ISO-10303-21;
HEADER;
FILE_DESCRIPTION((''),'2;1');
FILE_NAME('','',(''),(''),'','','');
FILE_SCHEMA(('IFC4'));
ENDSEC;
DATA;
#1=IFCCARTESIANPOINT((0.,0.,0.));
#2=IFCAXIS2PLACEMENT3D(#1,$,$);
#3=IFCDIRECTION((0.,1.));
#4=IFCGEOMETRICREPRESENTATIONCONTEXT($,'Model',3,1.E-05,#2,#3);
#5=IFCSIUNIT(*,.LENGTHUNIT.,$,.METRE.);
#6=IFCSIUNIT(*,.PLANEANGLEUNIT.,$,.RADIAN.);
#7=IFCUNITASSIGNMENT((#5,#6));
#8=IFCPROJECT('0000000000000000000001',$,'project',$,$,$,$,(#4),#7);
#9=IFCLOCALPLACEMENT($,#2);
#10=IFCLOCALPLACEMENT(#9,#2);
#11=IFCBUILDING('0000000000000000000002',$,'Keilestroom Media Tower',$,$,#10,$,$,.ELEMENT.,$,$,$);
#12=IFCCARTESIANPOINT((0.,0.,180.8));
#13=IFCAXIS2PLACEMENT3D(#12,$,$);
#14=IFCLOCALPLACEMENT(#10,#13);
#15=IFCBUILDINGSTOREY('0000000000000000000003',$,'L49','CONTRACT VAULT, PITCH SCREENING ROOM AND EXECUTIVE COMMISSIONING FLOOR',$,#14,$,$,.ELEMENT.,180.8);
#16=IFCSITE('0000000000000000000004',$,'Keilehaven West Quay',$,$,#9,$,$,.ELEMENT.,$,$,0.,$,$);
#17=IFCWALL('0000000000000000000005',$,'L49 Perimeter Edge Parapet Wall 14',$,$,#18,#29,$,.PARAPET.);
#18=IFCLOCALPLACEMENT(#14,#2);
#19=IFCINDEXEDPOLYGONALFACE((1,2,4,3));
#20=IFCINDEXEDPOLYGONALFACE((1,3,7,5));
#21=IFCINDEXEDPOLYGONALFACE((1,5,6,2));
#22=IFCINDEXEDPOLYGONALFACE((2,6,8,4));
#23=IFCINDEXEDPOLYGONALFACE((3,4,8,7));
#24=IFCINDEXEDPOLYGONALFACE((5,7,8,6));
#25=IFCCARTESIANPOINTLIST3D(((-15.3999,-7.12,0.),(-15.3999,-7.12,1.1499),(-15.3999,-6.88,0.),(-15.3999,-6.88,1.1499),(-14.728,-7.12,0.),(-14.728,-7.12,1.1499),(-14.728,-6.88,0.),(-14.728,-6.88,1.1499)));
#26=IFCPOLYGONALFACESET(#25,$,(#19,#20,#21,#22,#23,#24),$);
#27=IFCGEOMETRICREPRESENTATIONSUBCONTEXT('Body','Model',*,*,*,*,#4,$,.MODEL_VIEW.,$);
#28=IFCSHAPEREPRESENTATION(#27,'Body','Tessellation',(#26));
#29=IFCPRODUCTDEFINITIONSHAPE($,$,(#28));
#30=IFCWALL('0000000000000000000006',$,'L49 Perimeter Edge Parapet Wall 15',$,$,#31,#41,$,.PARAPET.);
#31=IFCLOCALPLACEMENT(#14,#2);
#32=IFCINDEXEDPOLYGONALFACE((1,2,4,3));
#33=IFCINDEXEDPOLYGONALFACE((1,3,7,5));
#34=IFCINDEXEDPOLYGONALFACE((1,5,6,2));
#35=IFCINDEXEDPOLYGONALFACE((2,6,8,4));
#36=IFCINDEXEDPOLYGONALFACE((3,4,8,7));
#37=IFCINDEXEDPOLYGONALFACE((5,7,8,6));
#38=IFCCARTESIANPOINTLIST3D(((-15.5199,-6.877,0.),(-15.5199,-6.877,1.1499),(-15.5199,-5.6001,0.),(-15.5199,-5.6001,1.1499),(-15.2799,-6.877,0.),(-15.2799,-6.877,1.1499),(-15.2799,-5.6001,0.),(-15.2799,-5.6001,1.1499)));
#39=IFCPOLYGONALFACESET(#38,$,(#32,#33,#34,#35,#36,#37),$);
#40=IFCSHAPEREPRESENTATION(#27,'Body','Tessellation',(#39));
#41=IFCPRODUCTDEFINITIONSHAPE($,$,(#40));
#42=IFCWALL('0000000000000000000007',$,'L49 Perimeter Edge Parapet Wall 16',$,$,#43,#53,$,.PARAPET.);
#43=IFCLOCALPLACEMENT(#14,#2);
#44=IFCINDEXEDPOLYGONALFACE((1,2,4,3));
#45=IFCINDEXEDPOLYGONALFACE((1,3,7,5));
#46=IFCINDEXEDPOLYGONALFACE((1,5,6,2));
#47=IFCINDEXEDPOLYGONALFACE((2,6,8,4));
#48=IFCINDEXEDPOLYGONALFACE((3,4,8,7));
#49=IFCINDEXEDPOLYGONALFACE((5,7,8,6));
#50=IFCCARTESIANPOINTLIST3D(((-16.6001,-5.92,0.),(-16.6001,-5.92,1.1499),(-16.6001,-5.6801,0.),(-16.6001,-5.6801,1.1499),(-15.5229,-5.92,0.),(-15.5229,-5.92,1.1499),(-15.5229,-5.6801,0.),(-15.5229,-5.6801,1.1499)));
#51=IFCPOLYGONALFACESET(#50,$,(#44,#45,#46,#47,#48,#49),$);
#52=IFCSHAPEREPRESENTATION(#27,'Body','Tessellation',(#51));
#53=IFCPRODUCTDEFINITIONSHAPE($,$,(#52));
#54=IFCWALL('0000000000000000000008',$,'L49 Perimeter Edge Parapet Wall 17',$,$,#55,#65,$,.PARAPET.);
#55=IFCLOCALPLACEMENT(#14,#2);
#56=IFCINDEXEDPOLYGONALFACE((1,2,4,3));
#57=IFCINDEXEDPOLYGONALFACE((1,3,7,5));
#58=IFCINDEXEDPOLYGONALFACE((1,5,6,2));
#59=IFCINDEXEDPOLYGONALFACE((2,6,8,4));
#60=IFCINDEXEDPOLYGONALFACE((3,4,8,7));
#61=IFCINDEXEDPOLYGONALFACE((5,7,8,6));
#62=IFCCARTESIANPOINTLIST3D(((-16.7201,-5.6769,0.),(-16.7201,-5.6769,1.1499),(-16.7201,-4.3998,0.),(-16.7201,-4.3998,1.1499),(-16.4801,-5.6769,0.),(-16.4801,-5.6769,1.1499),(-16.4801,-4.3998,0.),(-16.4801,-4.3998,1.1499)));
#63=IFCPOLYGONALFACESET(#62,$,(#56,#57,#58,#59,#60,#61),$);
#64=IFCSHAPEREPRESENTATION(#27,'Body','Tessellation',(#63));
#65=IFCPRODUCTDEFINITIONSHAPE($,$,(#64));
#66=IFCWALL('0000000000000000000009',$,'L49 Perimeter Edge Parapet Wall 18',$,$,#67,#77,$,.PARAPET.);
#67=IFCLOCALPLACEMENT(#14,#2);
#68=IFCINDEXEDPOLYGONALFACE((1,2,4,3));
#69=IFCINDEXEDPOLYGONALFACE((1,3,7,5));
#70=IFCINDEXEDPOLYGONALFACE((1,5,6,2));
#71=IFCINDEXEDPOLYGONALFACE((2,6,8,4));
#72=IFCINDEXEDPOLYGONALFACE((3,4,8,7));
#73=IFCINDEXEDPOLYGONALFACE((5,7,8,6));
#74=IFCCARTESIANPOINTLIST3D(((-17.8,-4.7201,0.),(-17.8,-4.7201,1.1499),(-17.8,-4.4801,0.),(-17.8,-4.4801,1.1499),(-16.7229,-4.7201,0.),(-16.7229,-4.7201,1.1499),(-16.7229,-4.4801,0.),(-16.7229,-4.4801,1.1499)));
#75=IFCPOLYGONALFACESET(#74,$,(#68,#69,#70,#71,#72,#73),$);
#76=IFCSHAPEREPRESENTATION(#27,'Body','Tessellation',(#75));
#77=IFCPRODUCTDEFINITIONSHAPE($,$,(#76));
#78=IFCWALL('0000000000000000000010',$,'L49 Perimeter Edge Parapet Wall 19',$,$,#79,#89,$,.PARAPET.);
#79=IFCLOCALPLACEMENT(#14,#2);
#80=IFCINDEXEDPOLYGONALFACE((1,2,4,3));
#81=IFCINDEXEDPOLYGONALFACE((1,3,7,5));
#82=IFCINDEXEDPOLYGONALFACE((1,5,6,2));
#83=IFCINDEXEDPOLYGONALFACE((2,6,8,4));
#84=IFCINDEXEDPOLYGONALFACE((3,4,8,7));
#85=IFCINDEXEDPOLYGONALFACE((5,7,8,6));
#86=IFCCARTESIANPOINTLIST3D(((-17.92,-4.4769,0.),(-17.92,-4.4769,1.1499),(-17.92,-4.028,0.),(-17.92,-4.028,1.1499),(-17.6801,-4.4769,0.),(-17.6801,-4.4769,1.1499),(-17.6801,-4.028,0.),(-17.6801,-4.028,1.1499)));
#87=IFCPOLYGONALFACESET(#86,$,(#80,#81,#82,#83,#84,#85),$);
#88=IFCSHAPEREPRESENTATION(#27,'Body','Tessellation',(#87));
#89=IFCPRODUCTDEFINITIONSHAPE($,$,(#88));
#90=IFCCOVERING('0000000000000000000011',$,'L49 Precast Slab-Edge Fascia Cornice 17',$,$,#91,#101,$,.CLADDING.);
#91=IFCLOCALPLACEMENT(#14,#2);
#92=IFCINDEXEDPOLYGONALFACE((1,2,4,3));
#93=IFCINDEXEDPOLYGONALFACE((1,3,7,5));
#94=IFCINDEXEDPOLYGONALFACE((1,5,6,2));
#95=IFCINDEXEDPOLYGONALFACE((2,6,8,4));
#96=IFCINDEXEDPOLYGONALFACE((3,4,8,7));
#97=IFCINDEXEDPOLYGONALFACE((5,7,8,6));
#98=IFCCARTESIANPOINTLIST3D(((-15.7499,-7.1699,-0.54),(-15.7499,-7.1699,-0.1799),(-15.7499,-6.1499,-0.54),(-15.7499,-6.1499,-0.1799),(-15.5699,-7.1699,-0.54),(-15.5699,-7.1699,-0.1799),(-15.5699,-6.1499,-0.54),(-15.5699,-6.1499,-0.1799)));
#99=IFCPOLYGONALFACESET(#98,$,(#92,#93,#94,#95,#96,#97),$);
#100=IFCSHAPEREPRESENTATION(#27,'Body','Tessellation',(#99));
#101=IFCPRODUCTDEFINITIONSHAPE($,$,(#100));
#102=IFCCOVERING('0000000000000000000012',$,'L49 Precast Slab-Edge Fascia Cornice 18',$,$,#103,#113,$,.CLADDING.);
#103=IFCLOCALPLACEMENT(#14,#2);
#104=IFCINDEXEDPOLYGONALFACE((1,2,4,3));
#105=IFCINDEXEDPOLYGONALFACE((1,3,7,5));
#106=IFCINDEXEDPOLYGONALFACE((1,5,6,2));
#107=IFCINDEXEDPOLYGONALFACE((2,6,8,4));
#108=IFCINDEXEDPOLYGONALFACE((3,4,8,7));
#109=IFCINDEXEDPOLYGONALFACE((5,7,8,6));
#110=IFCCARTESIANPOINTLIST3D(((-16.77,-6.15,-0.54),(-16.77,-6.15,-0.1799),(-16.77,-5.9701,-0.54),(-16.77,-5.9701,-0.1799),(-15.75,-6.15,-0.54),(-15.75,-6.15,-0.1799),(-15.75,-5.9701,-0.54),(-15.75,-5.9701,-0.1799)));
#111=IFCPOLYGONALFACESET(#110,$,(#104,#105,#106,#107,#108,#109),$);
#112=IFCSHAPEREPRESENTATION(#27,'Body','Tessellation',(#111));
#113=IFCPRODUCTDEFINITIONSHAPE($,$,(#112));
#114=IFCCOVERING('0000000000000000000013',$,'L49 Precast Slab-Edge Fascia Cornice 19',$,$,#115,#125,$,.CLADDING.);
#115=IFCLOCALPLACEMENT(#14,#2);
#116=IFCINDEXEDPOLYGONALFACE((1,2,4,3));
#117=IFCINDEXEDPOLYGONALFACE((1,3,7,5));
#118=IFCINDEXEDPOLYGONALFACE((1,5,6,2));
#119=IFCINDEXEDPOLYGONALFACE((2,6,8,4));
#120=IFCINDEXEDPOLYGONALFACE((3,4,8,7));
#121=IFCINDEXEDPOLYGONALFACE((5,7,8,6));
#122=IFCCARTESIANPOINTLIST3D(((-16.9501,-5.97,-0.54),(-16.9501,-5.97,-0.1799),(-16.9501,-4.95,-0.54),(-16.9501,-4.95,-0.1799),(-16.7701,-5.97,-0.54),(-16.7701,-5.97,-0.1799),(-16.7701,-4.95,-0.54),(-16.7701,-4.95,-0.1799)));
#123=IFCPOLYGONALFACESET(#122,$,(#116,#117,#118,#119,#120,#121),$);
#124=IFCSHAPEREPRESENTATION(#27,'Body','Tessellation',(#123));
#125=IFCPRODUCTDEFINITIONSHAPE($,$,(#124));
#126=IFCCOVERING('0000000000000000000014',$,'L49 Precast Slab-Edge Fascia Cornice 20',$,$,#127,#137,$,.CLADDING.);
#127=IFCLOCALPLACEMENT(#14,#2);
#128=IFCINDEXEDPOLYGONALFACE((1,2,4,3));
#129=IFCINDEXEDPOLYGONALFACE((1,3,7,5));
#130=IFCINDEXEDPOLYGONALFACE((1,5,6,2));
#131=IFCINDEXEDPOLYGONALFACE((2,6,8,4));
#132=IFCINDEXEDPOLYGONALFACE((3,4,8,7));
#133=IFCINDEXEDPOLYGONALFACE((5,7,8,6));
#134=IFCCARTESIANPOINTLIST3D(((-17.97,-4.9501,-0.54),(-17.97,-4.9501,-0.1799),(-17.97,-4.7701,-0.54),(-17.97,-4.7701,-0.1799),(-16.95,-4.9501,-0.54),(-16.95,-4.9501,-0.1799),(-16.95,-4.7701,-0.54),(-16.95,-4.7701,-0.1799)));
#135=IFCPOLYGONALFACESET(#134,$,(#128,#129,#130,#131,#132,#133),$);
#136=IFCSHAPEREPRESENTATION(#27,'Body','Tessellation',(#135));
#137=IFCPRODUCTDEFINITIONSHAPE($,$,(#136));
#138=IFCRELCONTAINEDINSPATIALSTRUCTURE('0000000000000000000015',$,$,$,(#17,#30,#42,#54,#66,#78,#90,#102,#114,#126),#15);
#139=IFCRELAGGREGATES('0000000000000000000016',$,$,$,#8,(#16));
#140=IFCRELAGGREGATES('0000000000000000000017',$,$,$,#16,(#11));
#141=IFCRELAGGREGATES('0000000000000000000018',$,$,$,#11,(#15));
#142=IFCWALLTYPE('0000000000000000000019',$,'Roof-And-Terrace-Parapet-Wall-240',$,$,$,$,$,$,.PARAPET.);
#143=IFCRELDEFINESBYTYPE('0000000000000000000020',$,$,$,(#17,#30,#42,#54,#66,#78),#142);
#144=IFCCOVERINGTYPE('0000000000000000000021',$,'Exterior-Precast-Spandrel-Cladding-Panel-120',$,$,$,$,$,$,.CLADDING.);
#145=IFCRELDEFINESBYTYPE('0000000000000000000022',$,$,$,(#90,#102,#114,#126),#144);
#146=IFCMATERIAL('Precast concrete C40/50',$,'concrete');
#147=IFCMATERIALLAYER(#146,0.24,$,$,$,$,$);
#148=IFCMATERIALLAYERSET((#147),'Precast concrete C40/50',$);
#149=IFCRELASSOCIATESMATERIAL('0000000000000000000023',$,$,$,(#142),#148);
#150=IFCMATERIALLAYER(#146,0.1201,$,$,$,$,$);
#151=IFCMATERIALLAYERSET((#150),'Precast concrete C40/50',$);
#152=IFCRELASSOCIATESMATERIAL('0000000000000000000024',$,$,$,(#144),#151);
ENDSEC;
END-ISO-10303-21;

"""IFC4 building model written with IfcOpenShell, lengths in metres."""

from ifc_helpers import new_model, si_unit, direction, frame, frame_2d, origin, origin_2d, place, context, subcontext, project, spatial, rectangle, extrude, source, transform, mapped, material, layer, layer_set, type_object, element, save


model = new_model("IFC4")

# Units and contexts
model_context = context("Model", 3, precision=1e-05, world=origin(), true_north=direction((0.0, 1.0)))
body_context = subcontext(model_context, "Body", "Model", "MODEL_VIEW")
ifc_project = project(units=[si_unit("LENGTHUNIT", "METRE"), si_unit("PLANEANGLEUNIT", "RADIAN")], contexts=[model_context])

# Site, building, storey
site_placement = place(None, origin())
site = spatial("IfcSite", under=ifc_project, at=site_placement, Name="Keilehaven West Quay", CompositionType="ELEMENT", RefElevation=0.0)
building_placement = place(site_placement, origin())
building = spatial("IfcBuilding", under=site, at=building_placement, Name="Keilestroom Media Tower", CompositionType="ELEMENT")
storey_placement = place(building_placement, frame((0.0, 0.0, 180.8)))
storey = spatial("IfcBuildingStorey", under=building, at=storey_placement, Name="L49", Description="CONTRACT VAULT, PITCH SCREENING ROOM AND EXECUTIVE COMMISSIONING FLOOR", CompositionType="ELEMENT", Elevation=180.8)

# Shared definitions
ifc_material_1 = material(Name="Precast concrete C40/50", Category="concrete")

# Walls
ifc_layer_1 = layer(ifc_material_1, 0.24)
ifc_layer_set_1 = layer_set([ifc_layer_1], Name="Precast concrete C40/50")
wall_type_1 = type_object("IfcWallType", Name="Roof-And-Terrace-Parapet-Wall-240", PredefinedType="PARAPET", material=ifc_layer_set_1)
wall_1_placement = place(storey_placement, frame((-14.728, -7.0, 0.0), z_axis=(0.0, 0.0, 1.0), x_axis=(-1.0, 0.0, 0.0)))
element("IfcWall", 1, at=wall_1_placement, inside=storey, type_object=wall_type_1, Name="L49 Perimeter Edge Parapet Wall 14", PredefinedType="PARAPET", context=body_context, shape_type="SweptSolid", body=[
    extrude(rectangle(XDim=0.6719, YDim=0.24, at=frame_2d((0.3359, 0.0))), origin(), (0.0, 0.0, 1.0), 1.1499),
])
wall_2_placement = place(storey_placement, frame((-15.3999, -6.877, 0.0), z_axis=(0.0, 0.0, 1.0), x_axis=(0.0, 1.0, 0.0)))
element("IfcWall", 2, at=wall_2_placement, inside=storey, type_object=wall_type_1, Name="L49 Perimeter Edge Parapet Wall 15", PredefinedType="PARAPET", context=body_context, shape_type="SweptSolid", body=[
    extrude(rectangle(XDim=1.2769, YDim=0.24, at=frame_2d((0.6384, 0.0))), origin(), (0.0, 0.0, 1.0), 1.1499),
])
wall_3_placement = place(storey_placement, frame((-15.5229, -5.8, 0.0), z_axis=(0.0, 0.0, 1.0), x_axis=(-1.0, 0.0, 0.0)))
element("IfcWall", 3, at=wall_3_placement, inside=storey, type_object=wall_type_1, Name="L49 Perimeter Edge Parapet Wall 16", PredefinedType="PARAPET", context=body_context, shape_type="SweptSolid", body=[
    extrude(rectangle(XDim=1.0771, YDim=0.24, at=frame_2d((0.5386, 0.0))), origin(), (0.0, 0.0, 1.0), 1.1499),
])
wall_4_placement = place(storey_placement, frame((-16.6001, -5.677, 0.0), z_axis=(0.0, 0.0, 1.0), x_axis=(0.0, 1.0, 0.0)))
element("IfcWall", 4, at=wall_4_placement, inside=storey, type_object=wall_type_1, Name="L49 Perimeter Edge Parapet Wall 17", PredefinedType="PARAPET", context=body_context, shape_type="SweptSolid", body=[
    extrude(rectangle(XDim=1.2771, YDim=0.24, at=frame_2d((0.6387, 0.0))), origin(), (0.0, 0.0, 1.0), 1.1499),
])
wall_5_placement = place(storey_placement, frame((-16.7229, -4.6001, 0.0), z_axis=(0.0, 0.0, 1.0), x_axis=(-1.0, 0.0, 0.0)))
element("IfcWall", 5, at=wall_5_placement, inside=storey, type_object=wall_type_1, Name="L49 Perimeter Edge Parapet Wall 18", PredefinedType="PARAPET", context=body_context, shape_type="SweptSolid", body=[
    extrude(rectangle(XDim=1.0771, YDim=0.24, at=frame_2d((0.5386, 0.0))), origin(), (0.0, 0.0, 1.0), 1.1499),
])
wall_6_placement = place(storey_placement, frame((-17.8, -4.4771, 0.0), z_axis=(0.0, 0.0, 1.0), x_axis=(0.0, 1.0, 0.0)))
element("IfcWall", 6, at=wall_6_placement, inside=storey, type_object=wall_type_1, Name="L49 Perimeter Edge Parapet Wall 19", PredefinedType="PARAPET", context=body_context, shape_type="SweptSolid", body=[
    extrude(rectangle(XDim=0.449, YDim=0.24, at=frame_2d((0.2246, 0.0))), origin(), (0.0, 0.0, 1.0), 1.1499),
])

# Coverings
ifc_layer_2 = layer(ifc_material_1, 0.1201)
ifc_layer_set_2 = layer_set([ifc_layer_2], Name="Precast concrete C40/50")
covering_type = type_object("IfcCoveringType", Name="Exterior-Precast-Spandrel-Cladding-Panel-120", PredefinedType="CLADDING", material=ifc_layer_set_2)
shared_shape_1 = source(origin(), body_context, "Body", "SweptSolid", [
    extrude(rectangle(XDim=1.02, YDim=0.1799, at=origin_2d()), origin(), (0.0, 0.0, 1.0), 0.3601),
])
for number, where, z_axis, x_axis, name in (
    (7, (-15.6599, -6.6599, -0.54), (0.0, 0.0, 1.0), (0.0, 1.0, 0.0), "L49 Precast Slab-Edge Fascia Cornice 17"),
    (8, (-16.26, -6.0601, -0.54), (0.0, 0.0, 1.0), (-1.0, 0.0, 0.0), "L49 Precast Slab-Edge Fascia Cornice 18"),
    (9, (-16.8601, -5.46, -0.54), (0.0, 0.0, 1.0), (0.0, 1.0, 0.0), "L49 Precast Slab-Edge Fascia Cornice 19"),
    (10, (-17.46, -4.8601, -0.54), (0.0, 0.0, 1.0), (-1.0, 0.0, 0.0), "L49 Precast Slab-Edge Fascia Cornice 20"),
):
    element("IfcCovering", number, at=place(storey_placement, frame(where, z_axis=z_axis, x_axis=x_axis)), inside=storey, type_object=covering_type, Name=name, PredefinedType="CLADDING", context=body_context, shape_type="MappedRepresentation", body=[
        mapped(shared_shape_1, transform((0.0, 0.0, 0.0), x_axis=(1.0, 0.0, 0.0), y_axis=(0.0, 1.0, 0.0), z_axis=(0.0, 0.0, 1.0), scale=1.0)),
    ])

save(model, "model.ifc")
